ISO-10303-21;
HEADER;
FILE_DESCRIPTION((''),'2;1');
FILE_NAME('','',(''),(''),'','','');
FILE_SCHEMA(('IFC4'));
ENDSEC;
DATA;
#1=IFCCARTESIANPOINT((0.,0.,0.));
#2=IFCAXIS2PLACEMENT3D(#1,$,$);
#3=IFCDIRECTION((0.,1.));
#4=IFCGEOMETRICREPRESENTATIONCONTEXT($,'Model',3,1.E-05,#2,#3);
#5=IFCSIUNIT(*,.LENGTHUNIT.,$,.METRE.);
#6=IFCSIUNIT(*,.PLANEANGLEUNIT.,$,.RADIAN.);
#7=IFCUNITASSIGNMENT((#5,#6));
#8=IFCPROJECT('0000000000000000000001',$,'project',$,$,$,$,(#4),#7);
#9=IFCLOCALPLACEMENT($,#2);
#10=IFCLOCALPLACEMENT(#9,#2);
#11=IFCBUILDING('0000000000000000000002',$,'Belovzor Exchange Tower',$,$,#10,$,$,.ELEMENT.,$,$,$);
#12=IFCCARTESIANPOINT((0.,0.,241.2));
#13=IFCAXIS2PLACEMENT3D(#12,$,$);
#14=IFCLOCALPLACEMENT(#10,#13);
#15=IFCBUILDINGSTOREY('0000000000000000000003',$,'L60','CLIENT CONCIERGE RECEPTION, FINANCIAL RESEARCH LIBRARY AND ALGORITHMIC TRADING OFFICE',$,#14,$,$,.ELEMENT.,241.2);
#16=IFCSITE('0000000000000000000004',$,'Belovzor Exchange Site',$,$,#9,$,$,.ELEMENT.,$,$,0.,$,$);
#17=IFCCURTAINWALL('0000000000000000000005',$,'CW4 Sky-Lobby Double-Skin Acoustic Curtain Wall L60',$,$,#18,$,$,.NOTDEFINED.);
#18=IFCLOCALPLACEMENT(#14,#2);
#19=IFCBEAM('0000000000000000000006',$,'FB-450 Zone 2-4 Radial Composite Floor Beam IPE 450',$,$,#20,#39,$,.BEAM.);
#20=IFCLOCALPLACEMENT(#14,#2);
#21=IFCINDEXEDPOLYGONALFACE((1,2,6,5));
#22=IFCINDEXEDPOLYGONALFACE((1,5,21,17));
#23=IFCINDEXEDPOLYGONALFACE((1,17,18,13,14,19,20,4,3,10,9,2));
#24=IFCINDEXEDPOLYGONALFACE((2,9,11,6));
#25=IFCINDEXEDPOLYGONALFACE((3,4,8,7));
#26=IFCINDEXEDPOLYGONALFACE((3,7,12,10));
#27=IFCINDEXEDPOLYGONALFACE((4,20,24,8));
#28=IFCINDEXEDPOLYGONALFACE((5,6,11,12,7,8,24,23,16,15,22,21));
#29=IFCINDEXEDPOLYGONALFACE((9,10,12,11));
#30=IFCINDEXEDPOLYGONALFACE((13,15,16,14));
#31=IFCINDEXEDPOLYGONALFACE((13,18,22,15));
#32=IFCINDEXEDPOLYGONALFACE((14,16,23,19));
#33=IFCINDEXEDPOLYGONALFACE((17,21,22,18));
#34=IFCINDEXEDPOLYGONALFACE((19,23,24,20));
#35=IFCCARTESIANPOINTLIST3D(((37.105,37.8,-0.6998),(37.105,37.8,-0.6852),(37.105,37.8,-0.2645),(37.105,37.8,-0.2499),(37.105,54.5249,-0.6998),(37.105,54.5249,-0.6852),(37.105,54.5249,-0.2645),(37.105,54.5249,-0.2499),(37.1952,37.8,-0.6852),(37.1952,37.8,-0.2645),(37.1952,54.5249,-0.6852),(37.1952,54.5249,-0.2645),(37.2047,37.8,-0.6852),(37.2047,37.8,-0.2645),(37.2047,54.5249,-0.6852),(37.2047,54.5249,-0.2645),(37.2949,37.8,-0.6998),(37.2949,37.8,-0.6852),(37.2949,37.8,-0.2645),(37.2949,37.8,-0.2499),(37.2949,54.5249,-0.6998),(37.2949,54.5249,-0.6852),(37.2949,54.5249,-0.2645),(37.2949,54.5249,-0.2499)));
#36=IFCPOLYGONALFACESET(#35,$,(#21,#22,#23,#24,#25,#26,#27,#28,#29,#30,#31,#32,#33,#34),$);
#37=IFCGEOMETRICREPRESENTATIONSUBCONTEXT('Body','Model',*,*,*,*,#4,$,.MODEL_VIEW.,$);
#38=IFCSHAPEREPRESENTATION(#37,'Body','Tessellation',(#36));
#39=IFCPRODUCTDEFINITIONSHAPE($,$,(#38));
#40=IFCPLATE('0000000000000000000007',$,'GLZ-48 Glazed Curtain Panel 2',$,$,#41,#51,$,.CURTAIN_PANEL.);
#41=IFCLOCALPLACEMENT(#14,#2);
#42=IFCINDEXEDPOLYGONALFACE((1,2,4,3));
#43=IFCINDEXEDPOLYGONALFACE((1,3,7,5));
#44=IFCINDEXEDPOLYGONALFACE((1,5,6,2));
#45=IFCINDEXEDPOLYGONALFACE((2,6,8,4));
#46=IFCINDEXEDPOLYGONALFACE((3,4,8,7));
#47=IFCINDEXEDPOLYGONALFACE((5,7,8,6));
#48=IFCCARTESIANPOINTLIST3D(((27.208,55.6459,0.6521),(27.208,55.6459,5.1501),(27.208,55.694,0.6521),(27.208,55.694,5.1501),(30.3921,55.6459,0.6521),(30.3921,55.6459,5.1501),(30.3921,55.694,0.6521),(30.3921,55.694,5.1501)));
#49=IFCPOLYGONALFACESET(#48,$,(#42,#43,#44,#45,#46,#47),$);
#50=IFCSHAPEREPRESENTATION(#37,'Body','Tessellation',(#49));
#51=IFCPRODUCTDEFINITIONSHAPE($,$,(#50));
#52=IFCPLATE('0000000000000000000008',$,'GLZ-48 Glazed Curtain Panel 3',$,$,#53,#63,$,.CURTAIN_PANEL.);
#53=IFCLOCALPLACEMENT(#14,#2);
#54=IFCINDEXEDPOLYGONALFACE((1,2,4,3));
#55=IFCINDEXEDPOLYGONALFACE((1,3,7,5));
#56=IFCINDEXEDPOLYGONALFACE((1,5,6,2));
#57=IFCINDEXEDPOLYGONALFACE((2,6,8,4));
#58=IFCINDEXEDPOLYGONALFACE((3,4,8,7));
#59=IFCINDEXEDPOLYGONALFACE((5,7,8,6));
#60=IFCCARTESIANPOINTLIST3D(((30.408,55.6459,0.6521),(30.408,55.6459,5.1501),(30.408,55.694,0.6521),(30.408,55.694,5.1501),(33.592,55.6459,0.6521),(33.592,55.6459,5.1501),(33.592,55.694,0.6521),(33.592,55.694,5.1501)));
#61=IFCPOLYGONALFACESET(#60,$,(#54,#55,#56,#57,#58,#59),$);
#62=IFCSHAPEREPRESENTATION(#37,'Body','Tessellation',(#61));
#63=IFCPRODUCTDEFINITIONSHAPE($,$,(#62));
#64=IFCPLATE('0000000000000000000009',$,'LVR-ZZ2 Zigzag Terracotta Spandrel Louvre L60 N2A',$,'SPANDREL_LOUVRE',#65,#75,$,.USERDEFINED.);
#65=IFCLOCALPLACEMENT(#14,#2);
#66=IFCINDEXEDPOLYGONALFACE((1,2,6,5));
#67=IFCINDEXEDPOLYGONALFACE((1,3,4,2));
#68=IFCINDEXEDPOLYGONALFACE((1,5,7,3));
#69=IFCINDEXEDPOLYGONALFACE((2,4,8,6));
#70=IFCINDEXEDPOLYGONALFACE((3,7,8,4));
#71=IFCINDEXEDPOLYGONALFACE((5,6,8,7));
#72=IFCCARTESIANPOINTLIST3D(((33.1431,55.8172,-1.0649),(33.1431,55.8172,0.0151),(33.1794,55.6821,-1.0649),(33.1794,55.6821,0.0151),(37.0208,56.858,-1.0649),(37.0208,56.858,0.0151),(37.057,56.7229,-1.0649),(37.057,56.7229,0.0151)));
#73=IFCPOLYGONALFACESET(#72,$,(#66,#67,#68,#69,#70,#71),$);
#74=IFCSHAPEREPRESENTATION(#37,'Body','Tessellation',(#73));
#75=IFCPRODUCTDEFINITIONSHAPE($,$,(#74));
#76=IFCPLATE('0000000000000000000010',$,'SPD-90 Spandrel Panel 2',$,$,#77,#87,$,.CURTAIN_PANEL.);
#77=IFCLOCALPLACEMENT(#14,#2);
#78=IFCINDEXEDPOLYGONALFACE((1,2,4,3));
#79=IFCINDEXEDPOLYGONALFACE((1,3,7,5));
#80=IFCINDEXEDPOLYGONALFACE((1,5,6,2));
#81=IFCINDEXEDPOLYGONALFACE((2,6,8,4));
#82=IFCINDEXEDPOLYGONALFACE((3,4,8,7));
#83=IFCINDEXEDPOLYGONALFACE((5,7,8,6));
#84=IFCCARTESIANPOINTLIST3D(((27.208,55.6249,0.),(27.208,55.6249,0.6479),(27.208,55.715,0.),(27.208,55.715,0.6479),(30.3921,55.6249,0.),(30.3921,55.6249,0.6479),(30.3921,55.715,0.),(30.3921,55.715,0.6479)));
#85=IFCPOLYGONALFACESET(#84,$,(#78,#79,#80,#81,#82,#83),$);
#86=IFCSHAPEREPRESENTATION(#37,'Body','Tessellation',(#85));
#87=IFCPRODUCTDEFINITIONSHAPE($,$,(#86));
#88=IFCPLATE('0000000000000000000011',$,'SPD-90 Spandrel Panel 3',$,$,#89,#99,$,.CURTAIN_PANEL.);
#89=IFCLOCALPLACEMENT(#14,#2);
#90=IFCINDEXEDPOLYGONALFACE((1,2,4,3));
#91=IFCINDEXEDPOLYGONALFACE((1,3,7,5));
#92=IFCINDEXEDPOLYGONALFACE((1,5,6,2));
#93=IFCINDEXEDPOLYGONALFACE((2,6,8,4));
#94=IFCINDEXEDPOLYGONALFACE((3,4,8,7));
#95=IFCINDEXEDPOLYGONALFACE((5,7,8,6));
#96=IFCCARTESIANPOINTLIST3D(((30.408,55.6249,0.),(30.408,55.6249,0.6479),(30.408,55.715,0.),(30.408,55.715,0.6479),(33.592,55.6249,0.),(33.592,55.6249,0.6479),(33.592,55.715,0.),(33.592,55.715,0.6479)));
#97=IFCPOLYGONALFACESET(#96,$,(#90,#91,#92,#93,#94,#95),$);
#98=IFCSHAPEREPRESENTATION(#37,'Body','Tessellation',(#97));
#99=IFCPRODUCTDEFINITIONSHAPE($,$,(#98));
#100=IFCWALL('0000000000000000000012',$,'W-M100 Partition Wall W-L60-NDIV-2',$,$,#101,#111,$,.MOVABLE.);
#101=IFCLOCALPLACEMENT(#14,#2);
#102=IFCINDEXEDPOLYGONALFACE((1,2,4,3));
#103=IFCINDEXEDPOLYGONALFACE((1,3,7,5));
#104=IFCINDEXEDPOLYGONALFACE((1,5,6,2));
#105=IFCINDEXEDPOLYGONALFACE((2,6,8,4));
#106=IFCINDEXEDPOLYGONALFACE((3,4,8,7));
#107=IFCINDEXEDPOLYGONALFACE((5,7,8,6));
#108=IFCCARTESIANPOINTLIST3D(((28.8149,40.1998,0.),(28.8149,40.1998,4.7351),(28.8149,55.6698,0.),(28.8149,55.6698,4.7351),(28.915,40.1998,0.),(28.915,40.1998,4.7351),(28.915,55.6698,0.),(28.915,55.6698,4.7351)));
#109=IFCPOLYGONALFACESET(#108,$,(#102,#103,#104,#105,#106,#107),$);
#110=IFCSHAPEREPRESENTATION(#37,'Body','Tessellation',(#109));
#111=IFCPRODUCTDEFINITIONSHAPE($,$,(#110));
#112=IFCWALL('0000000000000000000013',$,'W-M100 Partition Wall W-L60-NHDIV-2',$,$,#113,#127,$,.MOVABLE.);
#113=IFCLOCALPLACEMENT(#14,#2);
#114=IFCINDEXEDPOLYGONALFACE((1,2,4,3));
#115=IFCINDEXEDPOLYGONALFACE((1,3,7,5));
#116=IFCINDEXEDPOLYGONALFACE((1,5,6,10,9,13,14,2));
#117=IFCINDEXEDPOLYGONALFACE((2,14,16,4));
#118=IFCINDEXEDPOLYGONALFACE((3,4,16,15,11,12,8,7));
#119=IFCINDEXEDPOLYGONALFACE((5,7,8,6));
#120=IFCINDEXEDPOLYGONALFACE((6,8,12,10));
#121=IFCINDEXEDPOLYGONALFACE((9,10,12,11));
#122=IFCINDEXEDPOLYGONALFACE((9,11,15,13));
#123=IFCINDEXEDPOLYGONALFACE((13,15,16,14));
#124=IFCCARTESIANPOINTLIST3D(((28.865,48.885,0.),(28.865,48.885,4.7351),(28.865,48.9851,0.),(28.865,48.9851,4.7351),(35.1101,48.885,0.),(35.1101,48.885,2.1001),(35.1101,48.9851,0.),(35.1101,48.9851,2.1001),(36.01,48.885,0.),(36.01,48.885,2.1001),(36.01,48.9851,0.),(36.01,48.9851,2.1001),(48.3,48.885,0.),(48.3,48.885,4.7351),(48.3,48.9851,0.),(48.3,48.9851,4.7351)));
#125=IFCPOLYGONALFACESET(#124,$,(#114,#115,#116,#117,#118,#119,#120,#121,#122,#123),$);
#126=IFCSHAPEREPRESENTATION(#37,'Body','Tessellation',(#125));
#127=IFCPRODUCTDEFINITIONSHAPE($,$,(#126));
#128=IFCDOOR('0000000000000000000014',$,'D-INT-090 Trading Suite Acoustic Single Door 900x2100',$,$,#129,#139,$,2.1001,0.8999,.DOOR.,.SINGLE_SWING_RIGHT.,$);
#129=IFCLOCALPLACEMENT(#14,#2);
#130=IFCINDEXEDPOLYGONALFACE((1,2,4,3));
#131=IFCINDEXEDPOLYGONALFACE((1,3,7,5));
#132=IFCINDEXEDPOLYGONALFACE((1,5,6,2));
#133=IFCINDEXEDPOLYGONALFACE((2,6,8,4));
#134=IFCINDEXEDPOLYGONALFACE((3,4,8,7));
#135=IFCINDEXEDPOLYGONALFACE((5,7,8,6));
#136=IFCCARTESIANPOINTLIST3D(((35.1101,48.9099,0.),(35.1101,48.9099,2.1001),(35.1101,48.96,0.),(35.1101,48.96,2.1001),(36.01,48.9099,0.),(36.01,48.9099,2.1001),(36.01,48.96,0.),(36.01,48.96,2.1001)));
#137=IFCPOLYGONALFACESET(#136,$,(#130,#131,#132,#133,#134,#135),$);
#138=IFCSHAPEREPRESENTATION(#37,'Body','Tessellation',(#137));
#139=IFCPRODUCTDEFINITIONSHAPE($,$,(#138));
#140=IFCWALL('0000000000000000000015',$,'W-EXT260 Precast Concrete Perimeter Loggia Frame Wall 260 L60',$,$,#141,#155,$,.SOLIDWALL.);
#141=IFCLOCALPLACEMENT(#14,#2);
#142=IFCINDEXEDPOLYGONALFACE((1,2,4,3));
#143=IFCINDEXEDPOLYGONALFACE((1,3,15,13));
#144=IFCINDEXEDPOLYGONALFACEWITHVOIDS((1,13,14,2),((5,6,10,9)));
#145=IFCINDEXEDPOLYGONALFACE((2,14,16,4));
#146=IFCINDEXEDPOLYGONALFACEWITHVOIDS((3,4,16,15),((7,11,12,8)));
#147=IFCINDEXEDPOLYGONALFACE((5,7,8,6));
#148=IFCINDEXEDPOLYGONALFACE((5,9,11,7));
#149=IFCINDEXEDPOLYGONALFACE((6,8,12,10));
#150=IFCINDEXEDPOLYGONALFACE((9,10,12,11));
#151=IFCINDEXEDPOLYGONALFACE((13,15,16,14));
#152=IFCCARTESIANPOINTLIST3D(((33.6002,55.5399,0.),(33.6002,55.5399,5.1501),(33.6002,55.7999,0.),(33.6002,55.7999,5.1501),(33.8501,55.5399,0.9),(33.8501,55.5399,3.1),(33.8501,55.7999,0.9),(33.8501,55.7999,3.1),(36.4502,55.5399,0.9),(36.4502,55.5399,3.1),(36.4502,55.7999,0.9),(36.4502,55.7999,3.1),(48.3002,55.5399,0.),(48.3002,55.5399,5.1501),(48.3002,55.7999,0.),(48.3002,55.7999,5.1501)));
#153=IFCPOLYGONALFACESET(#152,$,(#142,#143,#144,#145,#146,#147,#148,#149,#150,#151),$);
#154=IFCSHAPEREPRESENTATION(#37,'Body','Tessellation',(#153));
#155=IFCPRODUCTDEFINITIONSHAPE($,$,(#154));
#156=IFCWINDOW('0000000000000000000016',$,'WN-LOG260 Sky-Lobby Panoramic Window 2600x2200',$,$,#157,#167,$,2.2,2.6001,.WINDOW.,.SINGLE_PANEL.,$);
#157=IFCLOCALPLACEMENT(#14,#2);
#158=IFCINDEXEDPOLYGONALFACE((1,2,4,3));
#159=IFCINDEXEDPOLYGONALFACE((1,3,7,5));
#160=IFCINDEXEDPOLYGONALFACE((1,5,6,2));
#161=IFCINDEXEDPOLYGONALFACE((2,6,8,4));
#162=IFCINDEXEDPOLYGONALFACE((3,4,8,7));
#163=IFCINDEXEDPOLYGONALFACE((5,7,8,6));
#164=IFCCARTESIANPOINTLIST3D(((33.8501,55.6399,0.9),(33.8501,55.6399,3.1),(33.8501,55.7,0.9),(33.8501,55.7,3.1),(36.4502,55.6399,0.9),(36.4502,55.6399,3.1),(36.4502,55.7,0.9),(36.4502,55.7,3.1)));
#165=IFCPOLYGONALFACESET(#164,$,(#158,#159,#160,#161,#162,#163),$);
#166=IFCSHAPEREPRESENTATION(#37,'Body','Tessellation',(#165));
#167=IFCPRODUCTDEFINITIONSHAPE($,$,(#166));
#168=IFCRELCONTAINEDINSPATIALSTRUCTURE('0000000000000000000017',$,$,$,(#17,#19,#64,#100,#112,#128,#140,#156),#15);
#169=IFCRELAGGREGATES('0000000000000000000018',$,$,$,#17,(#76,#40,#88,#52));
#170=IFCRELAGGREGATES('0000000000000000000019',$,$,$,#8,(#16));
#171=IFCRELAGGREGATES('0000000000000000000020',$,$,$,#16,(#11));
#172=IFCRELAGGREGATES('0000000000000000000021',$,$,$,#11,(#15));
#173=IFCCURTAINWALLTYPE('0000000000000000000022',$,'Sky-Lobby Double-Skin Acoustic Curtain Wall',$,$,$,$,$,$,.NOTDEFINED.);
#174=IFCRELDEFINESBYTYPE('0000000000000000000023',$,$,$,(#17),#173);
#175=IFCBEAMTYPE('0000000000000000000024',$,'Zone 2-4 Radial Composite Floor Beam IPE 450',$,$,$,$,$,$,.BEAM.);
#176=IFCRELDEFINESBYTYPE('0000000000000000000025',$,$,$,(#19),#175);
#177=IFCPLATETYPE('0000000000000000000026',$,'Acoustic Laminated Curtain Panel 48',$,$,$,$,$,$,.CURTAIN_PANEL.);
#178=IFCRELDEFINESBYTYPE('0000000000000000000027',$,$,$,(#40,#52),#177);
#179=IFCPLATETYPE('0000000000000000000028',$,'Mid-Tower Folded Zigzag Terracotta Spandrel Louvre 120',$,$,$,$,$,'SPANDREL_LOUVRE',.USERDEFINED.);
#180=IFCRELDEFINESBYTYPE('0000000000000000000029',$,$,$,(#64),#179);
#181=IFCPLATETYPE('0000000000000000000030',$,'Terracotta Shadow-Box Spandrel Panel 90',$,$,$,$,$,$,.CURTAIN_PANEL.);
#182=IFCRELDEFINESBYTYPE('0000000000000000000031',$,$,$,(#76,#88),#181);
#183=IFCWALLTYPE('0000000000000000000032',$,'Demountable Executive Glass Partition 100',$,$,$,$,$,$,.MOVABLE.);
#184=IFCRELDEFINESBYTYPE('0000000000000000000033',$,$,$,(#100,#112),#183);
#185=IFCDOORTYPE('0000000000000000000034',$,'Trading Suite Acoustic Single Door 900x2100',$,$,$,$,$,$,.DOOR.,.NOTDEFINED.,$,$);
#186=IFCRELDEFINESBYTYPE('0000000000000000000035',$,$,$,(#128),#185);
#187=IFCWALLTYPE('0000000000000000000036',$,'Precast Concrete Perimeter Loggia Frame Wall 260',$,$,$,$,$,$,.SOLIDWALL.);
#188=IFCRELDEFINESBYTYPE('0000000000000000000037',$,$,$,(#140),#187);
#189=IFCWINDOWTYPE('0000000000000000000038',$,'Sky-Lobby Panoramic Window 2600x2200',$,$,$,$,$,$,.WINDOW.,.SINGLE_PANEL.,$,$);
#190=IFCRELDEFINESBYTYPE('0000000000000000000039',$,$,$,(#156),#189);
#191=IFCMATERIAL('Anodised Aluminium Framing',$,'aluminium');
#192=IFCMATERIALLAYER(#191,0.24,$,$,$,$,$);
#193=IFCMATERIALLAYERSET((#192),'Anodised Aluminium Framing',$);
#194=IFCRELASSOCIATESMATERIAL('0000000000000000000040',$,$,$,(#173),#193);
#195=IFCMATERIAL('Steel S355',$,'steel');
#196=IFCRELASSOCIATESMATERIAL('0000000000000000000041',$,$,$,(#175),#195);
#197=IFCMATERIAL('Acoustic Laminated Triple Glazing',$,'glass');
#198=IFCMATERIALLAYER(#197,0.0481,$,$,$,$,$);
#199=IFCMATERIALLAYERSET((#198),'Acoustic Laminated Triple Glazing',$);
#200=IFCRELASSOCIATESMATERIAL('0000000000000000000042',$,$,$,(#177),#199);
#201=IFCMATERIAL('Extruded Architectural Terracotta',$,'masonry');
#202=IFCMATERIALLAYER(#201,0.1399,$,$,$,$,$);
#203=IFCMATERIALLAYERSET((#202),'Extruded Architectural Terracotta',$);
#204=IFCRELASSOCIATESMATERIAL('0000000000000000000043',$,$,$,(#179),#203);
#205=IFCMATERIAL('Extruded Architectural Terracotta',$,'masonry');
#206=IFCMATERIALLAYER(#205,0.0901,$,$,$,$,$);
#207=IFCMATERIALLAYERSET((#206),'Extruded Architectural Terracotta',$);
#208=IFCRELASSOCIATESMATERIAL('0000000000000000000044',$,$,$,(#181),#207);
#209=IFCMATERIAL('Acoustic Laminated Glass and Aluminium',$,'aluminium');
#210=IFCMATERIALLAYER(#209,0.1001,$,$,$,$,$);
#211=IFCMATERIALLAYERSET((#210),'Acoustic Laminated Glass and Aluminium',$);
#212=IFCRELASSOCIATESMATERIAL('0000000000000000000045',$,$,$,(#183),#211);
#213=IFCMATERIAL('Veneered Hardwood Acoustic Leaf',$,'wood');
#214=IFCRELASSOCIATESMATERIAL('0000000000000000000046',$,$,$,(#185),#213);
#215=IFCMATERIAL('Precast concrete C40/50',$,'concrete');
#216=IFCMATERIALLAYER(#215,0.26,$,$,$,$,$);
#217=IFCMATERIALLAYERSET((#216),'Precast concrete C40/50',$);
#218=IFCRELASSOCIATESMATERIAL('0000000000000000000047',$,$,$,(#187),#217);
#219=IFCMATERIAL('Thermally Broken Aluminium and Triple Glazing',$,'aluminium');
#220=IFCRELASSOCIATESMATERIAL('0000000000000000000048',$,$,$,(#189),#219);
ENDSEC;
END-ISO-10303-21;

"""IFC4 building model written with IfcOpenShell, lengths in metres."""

from ifc_helpers import new_model, si_unit, direction, frame, frame_2d, origin, origin_2d, place, context, subcontext, project, spatial, rectangle, i_section, extrude, material, layer, layer_set, material_profile, profile_set, type_object, element, fill, aggregate, save


model = new_model("IFC4")

# Units and contexts
model_context = context("Model", 3, precision=1e-05, world=origin(), true_north=direction((0.0, 1.0)))
body_context = subcontext(model_context, "Body", "Model", "MODEL_VIEW")
ifc_project = project(units=[si_unit("LENGTHUNIT", "METRE"), si_unit("PLANEANGLEUNIT", "RADIAN")], contexts=[model_context])

# Site, building, storey
site_placement = place(None, origin())
site = spatial("IfcSite", under=ifc_project, at=site_placement, Name="Belovzor Exchange Site", CompositionType="ELEMENT", RefElevation=0.0)
building_placement = place(site_placement, origin())
building = spatial("IfcBuilding", under=site, at=building_placement, Name="Belovzor Exchange Tower", CompositionType="ELEMENT")
storey_placement = place(building_placement, frame((0.0, 0.0, 241.2)))
storey = spatial("IfcBuildingStorey", under=building, at=storey_placement, Name="L60", Description="CLIENT CONCIERGE RECEPTION, FINANCIAL RESEARCH LIBRARY AND ALGORITHMIC TRADING OFFICE", CompositionType="ELEMENT", Elevation=241.2)

# Curtain wall
ifc_material_1 = material(Name="Anodised Aluminium Framing", Category="aluminium")
ifc_layer_1 = layer(ifc_material_1, 0.24)
ifc_layer_set_1 = layer_set([ifc_layer_1], Name="Anodised Aluminium Framing")
curtain_wall_type = type_object("IfcCurtainWallType", Name="Sky-Lobby Double-Skin Acoustic Curtain Wall", PredefinedType="NOTDEFINED", material=ifc_layer_set_1)
curtain_wall_placement = place(storey_placement, origin())
curtain_wall = element("IfcCurtainWall", 1, at=curtain_wall_placement, inside=storey, type_object=curtain_wall_type, Name="CW4 Sky-Lobby Double-Skin Acoustic Curtain Wall L60", PredefinedType="NOTDEFINED")

# Beam
ifc_material_2 = material(Name="Steel S355", Category="steel")
ifc_material_profile_1 = material_profile(ifc_material_2, i_section(OverallWidth=0.1899, OverallDepth=0.45, WebThickness=0.0095, FlangeThickness=0.0146, at=origin_2d()))
ifc_profile_set_1 = profile_set([ifc_material_profile_1], Name="Steel S355")
beam_type_1 = type_object("IfcBeamType", Name="Zone 2-4 Radial Composite Floor Beam IPE 450", PredefinedType="BEAM", material=ifc_profile_set_1)
beam_1_placement = place(storey_placement, frame((37.2, 37.8, -0.4749), z_axis=(0.0, 1.0, 0.0), x_axis=(-1.0, 0.0, 0.0)))
element("IfcBeam", 2, at=beam_1_placement, inside=storey, type_object=beam_type_1, Name="FB-450 Zone 2-4 Radial Composite Floor Beam IPE 450", PredefinedType="BEAM", context=body_context, shape_type="SweptSolid", body=[
    extrude(i_section(OverallWidth=0.1899, OverallDepth=0.45, WebThickness=0.0095, FlangeThickness=0.0146, at=origin_2d()), origin(), (0.0, 0.0, 1.0), 16.7249),
])

# Plates
ifc_material_3 = material(Name="Acoustic Laminated Triple Glazing", Category="glass")
ifc_layer_2 = layer(ifc_material_3, 0.0481)
ifc_layer_set_2 = layer_set([ifc_layer_2], Name="Acoustic Laminated Triple Glazing")
plate_type_1 = type_object("IfcPlateType", Name="Acoustic Laminated Curtain Panel 48", PredefinedType="CURTAIN_PANEL", material=ifc_layer_set_2)
plate_1_placement = place(storey_placement, frame((28.8, 55.6699, 0.6521), z_axis=(0.0, 0.0, 1.0), x_axis=(1.0, 0.0, 0.0)))
plate_1 = element("IfcPlate", 3, at=plate_1_placement, type_object=plate_type_1, Name="GLZ-48 Glazed Curtain Panel 2", PredefinedType="CURTAIN_PANEL", context=body_context, shape_type="SweptSolid", body=[
    extrude(rectangle(XDim=3.1841, YDim=0.0481, at=origin_2d()), origin(), (0.0, 0.0, 1.0), 4.498),
])
plate_2_placement = place(storey_placement, frame((32.0, 55.6699, 0.6521), z_axis=(0.0, 0.0, 1.0), x_axis=(1.0, 0.0, 0.0)))
plate_2 = element("IfcPlate", 4, at=plate_2_placement, type_object=plate_type_1, Name="GLZ-48 Glazed Curtain Panel 3", PredefinedType="CURTAIN_PANEL", context=body_context, shape_type="SweptSolid", body=[
    extrude(rectangle(XDim=3.1841, YDim=0.0481, at=origin_2d()), origin(), (0.0, 0.0, 1.0), 4.498),
])
ifc_material_4 = material(Name="Extruded Architectural Terracotta", Category="masonry")
ifc_layer_3 = layer(ifc_material_4, 0.1399)
ifc_layer_set_3 = layer_set([ifc_layer_3], Name="Extruded Architectural Terracotta")
plate_type_2 = type_object("IfcPlateType", Name="Mid-Tower Folded Zigzag Terracotta Spandrel Louvre 120", ElementType="SPANDREL_LOUVRE", PredefinedType="USERDEFINED", material=ifc_layer_set_3)
plate_3_placement = place(storey_placement, frame((35.1001, 56.27, -1.0649), z_axis=(0.0, 0.0, 1.0), x_axis=(0.965813, 0.25924, 0.0)))
element("IfcPlate", 5, at=plate_3_placement, inside=storey, type_object=plate_type_2, Name="LVR-ZZ2 Zigzag Terracotta Spandrel Louvre L60 N2A", ObjectType="SPANDREL_LOUVRE", PredefinedType="USERDEFINED", context=body_context, shape_type="SweptSolid", body=[
    extrude(rectangle(XDim=4.0149, YDim=0.1399, at=origin_2d()), origin(), (0.0, 0.0, 1.0), 1.0801),
])
ifc_material_5 = material(Name="Extruded Architectural Terracotta", Category="masonry")
ifc_layer_4 = layer(ifc_material_5, 0.0901)
ifc_layer_set_4 = layer_set([ifc_layer_4], Name="Extruded Architectural Terracotta")
plate_type_3 = type_object("IfcPlateType", Name="Terracotta Shadow-Box Spandrel Panel 90", PredefinedType="CURTAIN_PANEL", material=ifc_layer_set_4)
plate_4_placement = place(storey_placement, frame((28.8, 55.6699, 0.0), z_axis=(0.0, 0.0, 1.0), x_axis=(1.0, 0.0, 0.0)))
plate_4 = element("IfcPlate", 6, at=plate_4_placement, type_object=plate_type_3, Name="SPD-90 Spandrel Panel 2", PredefinedType="CURTAIN_PANEL", context=body_context, shape_type="SweptSolid", body=[
    extrude(rectangle(XDim=3.1841, YDim=0.0901, at=origin_2d()), origin(), (0.0, 0.0, 1.0), 0.6479),
])
plate_5_placement = place(storey_placement, frame((32.0, 55.6699, 0.0), z_axis=(0.0, 0.0, 1.0), x_axis=(1.0, 0.0, 0.0)))
plate_5 = element("IfcPlate", 7, at=plate_5_placement, type_object=plate_type_3, Name="SPD-90 Spandrel Panel 3", PredefinedType="CURTAIN_PANEL", context=body_context, shape_type="SweptSolid", body=[
    extrude(rectangle(XDim=3.1841, YDim=0.0901, at=origin_2d()), origin(), (0.0, 0.0, 1.0), 0.6479),
])
aggregate(curtain_wall, [plate_4, plate_1, plate_5, plate_2])

# Wall
ifc_material_6 = material(Name="Acoustic Laminated Glass and Aluminium", Category="aluminium")
ifc_layer_5 = layer(ifc_material_6, 0.1001)
ifc_layer_set_5 = layer_set([ifc_layer_5], Name="Acoustic Laminated Glass and Aluminium")
wall_type_1 = type_object("IfcWallType", Name="Demountable Executive Glass Partition 100", PredefinedType="MOVABLE", material=ifc_layer_set_5)
wall_1_placement = place(storey_placement, frame((28.865, 40.2, 0.0), z_axis=(0.0, 0.0, 1.0), x_axis=(0.0, 1.0, 0.0)))
element("IfcWall", 8, at=wall_1_placement, inside=storey, type_object=wall_type_1, Name="W-M100 Partition Wall W-L60-NDIV-2", PredefinedType="MOVABLE", context=body_context, shape_type="SweptSolid", body=[
    extrude(rectangle(XDim=15.47, YDim=0.1001, at=frame_2d((7.7349, 0.0))), origin(), (0.0, 0.0, 1.0), 4.7351),
])

# Wall, opening, door
wall_2_placement = place(storey_placement, frame((28.865, 48.9351, 0.0), z_axis=(0.0, 0.0, 1.0), x_axis=(1.0, 0.0, 0.0)))
wall_2 = element("IfcWall", 9, at=wall_2_placement, inside=storey, type_object=wall_type_1, Name="W-M100 Partition Wall W-L60-NHDIV-2", PredefinedType="MOVABLE", context=body_context, shape_type="SweptSolid", body=[
    extrude(rectangle(XDim=19.4351, YDim=0.1001, at=frame_2d((9.7175, 0.0))), origin(), (0.0, 0.0, 1.0), 4.7351),
])
opening_1_placement = place(wall_2_placement, frame((6.2451, 0.0, 0.0)))
opening_1 = element("IfcOpeningElement", 10, at=opening_1_placement, cuts=wall_2, PredefinedType="OPENING", context=body_context, shape_type="SweptSolid", body=[
    extrude(rectangle(XDim=0.8999, YDim=2.1001, at=frame_2d((0.45, 1.05))), frame((0.0, 0.0601, 0.0), z_axis=(0.0, -1.0, 0.0), x_axis=(1.0, 0.0, 0.0)), (0.0, 0.0, 1.0), 0.1201),
])
ifc_material_7 = material(Name="Veneered Hardwood Acoustic Leaf", Category="wood")
door_type = type_object("IfcDoorType", Name="Trading Suite Acoustic Single Door 900x2100", OperationType="NOTDEFINED", PredefinedType="DOOR", material=ifc_material_7)
door_placement = place(opening_1_placement, origin())
door = element("IfcDoor", 11, at=door_placement, inside=storey, type_object=door_type, Name="D-INT-090 Trading Suite Acoustic Single Door 900x2100", OperationType="SINGLE_SWING_RIGHT", OverallHeight=2.1001, OverallWidth=0.8999, PredefinedType="DOOR", context=body_context, shape_type="SweptSolid", body=[
    extrude(rectangle(XDim=0.8999, YDim=2.1001, at=frame_2d((0.45, 1.05))), frame((0.0, 0.0249, 0.0), z_axis=(0.0, -1.0, 0.0), x_axis=(1.0, 0.0, 0.0)), (0.0, 0.0, 1.0), 0.05),
])
fill(opening_1, door)

# Wall, opening, window
ifc_material_8 = material(Name="Precast concrete C40/50", Category="concrete")
ifc_layer_6 = layer(ifc_material_8, 0.26)
ifc_layer_set_6 = layer_set([ifc_layer_6], Name="Precast concrete C40/50")
wall_type_2 = type_object("IfcWallType", Name="Precast Concrete Perimeter Loggia Frame Wall 260", PredefinedType="SOLIDWALL", material=ifc_layer_set_6)
wall_3_placement = place(storey_placement, frame((33.6001, 55.6699, 0.0), z_axis=(0.0, 0.0, 1.0), x_axis=(1.0, 0.0, 0.0)))
wall_3 = element("IfcWall", 12, at=wall_3_placement, inside=storey, type_object=wall_type_2, Name="W-EXT260 Precast Concrete Perimeter Loggia Frame Wall 260 L60", PredefinedType="SOLIDWALL", context=body_context, shape_type="SweptSolid", body=[
    extrude(rectangle(XDim=14.7, YDim=0.26, at=frame_2d((7.3501, 0.0))), origin(), (0.0, 0.0, 1.0), 5.1501),
])
opening_2_placement = place(wall_3_placement, frame((0.25, 0.0, 0.8999)))
opening_2 = element("IfcOpeningElement", 13, at=opening_2_placement, cuts=wall_3, PredefinedType="OPENING", context=body_context, shape_type="SweptSolid", body=[
    extrude(rectangle(XDim=2.6001, YDim=2.2, at=frame_2d((1.3, 1.1001))), frame((0.0, 0.1399, 0.0), z_axis=(0.0, -1.0, 0.0), x_axis=(1.0, 0.0, 0.0)), (0.0, 0.0, 1.0), 0.28),
])
ifc_material_9 = material(Name="Thermally Broken Aluminium and Triple Glazing", Category="aluminium")
window_type = type_object("IfcWindowType", Name="Sky-Lobby Panoramic Window 2600x2200", PartitioningType="SINGLE_PANEL", PredefinedType="WINDOW", material=ifc_material_9)
window_placement = place(opening_2_placement, origin())
window = element("IfcWindow", 14, at=window_placement, inside=storey, type_object=window_type, Name="WN-LOG260 Sky-Lobby Panoramic Window 2600x2200", OverallHeight=2.2, OverallWidth=2.6001, PartitioningType="SINGLE_PANEL", PredefinedType="WINDOW", context=body_context, shape_type="SweptSolid", body=[
    extrude(rectangle(XDim=2.6001, YDim=2.2, at=frame_2d((1.3, 1.1001))), frame((0.0, 0.03, 0.0), z_axis=(0.0, -1.0, 0.0), x_axis=(1.0, 0.0, 0.0)), (0.0, 0.0, 1.0), 0.0601),
])
fill(opening_2, window)

save(model, "model.ifc")
